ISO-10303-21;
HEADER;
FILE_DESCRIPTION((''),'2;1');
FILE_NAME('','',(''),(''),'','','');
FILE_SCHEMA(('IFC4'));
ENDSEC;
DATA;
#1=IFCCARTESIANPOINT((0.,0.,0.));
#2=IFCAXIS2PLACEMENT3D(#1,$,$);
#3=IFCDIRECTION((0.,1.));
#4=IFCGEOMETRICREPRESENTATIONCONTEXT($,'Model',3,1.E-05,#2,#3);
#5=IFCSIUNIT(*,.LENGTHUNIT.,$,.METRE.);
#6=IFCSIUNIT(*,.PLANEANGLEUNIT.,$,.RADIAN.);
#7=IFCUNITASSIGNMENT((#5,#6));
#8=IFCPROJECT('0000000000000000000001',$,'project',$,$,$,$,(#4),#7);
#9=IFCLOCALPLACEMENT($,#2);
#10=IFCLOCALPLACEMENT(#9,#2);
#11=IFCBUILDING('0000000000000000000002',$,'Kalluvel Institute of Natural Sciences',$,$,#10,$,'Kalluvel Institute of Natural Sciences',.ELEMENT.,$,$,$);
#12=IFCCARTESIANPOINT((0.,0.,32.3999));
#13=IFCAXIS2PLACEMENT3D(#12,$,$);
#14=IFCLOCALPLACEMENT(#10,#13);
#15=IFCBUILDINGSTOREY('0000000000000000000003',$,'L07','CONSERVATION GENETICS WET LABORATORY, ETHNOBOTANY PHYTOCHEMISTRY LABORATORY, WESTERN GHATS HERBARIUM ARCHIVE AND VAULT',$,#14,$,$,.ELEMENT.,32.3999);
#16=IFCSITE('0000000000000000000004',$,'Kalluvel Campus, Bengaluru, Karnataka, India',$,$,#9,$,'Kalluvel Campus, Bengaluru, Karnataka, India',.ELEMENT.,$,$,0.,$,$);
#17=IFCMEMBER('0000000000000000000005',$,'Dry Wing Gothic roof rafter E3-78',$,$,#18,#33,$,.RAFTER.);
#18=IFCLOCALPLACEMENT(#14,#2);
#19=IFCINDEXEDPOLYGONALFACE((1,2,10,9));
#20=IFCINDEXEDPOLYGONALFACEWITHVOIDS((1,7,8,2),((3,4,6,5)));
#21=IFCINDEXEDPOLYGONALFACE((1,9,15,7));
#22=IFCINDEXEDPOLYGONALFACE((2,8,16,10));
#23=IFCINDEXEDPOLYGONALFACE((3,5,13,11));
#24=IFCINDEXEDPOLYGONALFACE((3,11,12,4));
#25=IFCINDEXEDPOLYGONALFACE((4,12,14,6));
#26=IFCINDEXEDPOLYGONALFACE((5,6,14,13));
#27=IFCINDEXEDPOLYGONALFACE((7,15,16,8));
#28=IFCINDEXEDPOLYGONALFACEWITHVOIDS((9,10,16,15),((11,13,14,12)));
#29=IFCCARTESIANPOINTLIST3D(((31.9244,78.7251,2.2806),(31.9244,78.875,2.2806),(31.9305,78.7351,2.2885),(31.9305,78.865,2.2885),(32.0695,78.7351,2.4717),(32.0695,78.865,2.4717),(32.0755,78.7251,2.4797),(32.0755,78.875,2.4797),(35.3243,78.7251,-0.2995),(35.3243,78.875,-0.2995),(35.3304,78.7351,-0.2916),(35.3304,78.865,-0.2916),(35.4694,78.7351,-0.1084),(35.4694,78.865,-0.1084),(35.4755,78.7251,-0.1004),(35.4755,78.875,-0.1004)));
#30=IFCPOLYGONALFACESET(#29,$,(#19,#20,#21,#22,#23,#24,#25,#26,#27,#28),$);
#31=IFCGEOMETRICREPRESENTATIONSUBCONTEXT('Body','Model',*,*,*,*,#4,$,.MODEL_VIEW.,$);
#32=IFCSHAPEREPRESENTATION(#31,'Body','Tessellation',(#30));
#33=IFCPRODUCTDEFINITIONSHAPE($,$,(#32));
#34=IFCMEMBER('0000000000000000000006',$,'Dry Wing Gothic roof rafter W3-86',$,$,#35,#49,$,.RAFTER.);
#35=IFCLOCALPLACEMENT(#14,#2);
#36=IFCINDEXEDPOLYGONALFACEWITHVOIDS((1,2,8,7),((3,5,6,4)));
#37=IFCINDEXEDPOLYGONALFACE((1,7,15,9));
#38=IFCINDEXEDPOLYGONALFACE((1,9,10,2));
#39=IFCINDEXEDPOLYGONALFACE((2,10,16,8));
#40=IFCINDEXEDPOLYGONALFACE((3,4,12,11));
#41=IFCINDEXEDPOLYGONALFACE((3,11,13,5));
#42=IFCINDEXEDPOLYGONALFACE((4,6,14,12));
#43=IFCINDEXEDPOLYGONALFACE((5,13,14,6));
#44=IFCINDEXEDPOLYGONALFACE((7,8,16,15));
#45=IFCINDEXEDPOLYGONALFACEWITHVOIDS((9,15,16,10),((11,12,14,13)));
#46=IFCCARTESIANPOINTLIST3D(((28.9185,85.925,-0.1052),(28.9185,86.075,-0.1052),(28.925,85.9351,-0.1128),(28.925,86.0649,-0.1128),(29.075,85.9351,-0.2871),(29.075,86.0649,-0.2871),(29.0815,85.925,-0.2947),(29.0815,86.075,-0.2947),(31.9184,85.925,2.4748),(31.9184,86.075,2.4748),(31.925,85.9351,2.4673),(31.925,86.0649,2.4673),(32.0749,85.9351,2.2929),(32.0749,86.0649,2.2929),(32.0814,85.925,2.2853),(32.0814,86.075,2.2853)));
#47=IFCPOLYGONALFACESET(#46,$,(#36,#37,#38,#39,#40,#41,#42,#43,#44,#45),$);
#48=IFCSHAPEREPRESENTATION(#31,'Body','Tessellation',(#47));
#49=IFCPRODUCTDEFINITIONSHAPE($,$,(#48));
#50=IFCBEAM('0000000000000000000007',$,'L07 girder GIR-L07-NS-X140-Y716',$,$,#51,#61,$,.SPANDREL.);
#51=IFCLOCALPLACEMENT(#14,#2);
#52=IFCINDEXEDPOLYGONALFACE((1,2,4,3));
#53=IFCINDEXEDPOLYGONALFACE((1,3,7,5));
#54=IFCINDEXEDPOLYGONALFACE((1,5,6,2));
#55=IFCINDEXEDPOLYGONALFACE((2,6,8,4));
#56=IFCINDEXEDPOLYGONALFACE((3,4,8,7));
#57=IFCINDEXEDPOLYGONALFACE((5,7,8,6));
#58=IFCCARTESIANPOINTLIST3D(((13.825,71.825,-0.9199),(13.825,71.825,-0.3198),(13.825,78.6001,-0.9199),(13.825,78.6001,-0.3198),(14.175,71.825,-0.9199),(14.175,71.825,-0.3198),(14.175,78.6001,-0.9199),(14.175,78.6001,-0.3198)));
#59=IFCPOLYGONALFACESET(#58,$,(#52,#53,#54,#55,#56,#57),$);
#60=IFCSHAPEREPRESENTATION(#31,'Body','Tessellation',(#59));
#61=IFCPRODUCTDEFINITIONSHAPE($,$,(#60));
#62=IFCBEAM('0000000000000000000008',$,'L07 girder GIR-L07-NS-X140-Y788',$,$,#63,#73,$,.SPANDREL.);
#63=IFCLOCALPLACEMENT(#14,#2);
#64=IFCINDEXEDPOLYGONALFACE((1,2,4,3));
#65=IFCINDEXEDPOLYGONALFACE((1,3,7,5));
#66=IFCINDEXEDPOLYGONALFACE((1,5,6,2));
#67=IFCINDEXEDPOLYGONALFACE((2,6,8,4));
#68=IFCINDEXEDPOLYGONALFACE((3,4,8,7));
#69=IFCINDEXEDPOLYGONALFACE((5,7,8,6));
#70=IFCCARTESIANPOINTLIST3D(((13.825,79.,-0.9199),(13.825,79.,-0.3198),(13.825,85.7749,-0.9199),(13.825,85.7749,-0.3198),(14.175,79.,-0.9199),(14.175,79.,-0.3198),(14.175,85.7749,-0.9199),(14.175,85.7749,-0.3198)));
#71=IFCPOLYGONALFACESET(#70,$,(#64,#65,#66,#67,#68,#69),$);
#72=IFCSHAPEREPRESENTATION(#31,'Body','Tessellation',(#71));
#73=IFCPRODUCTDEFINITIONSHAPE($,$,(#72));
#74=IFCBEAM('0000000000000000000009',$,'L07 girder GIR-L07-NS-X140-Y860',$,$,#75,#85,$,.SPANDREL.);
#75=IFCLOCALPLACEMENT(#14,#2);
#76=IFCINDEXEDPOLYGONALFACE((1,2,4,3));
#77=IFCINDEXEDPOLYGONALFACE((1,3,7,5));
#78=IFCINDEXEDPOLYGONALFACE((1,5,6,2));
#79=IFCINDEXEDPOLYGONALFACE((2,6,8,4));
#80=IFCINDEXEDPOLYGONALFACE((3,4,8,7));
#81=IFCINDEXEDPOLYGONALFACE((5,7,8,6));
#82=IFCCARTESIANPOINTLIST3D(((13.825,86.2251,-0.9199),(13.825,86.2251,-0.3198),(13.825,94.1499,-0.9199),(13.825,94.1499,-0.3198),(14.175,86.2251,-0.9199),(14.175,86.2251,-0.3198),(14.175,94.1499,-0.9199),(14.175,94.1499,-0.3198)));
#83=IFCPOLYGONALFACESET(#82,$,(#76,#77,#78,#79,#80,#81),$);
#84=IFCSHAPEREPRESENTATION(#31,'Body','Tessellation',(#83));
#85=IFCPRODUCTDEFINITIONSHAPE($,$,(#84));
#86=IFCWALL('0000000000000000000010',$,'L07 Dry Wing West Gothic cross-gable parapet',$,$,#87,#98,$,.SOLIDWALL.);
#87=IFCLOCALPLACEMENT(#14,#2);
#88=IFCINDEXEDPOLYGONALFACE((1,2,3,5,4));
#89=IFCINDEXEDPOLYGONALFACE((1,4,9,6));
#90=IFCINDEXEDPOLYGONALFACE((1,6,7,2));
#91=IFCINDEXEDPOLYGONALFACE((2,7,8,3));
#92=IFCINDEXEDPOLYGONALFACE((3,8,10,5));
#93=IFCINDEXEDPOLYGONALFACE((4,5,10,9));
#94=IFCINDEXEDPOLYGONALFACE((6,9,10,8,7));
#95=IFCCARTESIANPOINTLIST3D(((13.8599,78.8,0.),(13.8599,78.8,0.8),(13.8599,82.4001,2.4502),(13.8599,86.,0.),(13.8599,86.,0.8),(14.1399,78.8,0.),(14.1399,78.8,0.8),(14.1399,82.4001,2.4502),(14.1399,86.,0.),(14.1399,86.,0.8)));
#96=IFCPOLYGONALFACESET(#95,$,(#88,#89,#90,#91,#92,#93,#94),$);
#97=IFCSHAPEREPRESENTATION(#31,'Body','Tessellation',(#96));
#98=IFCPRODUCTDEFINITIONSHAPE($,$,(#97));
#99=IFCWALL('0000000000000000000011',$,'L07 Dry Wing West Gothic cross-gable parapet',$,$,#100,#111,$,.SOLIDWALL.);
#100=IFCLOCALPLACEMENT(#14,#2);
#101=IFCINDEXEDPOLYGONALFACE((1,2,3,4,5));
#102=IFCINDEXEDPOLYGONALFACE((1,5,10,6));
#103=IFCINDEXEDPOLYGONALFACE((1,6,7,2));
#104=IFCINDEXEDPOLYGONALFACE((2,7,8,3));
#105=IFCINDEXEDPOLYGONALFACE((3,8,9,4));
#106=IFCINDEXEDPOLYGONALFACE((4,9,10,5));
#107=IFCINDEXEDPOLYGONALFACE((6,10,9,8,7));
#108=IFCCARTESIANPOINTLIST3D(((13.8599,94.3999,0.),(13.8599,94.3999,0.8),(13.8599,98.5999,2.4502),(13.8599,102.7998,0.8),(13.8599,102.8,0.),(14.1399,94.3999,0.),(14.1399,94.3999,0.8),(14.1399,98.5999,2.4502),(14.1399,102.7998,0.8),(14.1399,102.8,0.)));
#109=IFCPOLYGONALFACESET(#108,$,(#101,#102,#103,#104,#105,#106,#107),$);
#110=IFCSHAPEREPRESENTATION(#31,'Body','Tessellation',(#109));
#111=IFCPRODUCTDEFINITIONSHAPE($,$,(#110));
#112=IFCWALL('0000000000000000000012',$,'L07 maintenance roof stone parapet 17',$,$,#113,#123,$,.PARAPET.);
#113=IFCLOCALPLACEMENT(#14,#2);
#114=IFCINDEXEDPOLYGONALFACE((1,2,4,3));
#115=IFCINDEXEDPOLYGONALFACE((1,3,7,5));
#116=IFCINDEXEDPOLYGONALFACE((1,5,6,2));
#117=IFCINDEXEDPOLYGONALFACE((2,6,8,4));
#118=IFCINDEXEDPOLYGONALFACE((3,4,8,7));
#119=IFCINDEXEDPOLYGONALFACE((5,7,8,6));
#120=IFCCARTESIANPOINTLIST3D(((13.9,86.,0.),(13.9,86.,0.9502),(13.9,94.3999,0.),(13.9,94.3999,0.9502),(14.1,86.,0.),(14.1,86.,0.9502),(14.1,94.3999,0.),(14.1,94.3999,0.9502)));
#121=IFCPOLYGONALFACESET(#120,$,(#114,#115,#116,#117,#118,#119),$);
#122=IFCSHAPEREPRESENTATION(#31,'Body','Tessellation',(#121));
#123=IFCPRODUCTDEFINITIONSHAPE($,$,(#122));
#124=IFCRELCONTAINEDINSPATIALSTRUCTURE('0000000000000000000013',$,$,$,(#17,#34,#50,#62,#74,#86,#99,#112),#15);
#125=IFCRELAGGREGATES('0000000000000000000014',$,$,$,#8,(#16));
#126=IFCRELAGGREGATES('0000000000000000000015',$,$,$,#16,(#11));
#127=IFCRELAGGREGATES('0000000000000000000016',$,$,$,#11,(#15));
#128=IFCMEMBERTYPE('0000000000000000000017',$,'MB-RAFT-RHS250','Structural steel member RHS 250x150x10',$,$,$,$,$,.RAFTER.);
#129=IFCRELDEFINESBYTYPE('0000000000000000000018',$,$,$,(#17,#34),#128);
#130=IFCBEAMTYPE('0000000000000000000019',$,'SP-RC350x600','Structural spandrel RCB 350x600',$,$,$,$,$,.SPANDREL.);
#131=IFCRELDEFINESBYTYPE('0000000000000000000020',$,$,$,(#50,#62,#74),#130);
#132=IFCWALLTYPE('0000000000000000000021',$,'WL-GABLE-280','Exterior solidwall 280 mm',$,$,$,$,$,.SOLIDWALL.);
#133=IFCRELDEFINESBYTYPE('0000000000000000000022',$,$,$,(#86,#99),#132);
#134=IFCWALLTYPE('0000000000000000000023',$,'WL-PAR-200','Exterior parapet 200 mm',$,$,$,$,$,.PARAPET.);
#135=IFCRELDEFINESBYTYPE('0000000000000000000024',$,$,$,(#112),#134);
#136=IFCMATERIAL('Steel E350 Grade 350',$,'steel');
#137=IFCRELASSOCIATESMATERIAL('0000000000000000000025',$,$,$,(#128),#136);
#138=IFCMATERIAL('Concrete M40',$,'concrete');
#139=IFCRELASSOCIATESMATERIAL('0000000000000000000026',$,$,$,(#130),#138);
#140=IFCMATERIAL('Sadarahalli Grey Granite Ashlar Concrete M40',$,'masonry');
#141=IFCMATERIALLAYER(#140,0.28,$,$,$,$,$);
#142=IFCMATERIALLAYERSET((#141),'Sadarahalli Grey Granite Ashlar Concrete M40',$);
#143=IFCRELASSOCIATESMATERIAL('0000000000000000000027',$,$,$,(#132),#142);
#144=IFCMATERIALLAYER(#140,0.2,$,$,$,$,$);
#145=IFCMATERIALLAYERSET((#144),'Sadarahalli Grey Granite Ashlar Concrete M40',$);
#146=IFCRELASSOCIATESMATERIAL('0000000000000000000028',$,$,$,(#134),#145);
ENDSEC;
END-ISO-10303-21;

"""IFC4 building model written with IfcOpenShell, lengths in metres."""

from ifc_helpers import new_model, si_unit, direction, frame, frame_2d, origin, origin_2d, place, context, subcontext, project, spatial, polyline, rectangle, hollow_rectangle, outline, extrude, material, layer, layer_set, material_profile, profile_set, type_object, element, save


model = new_model("IFC4")

# Units and contexts
model_context = context("Model", 3, precision=1e-05, world=origin(), true_north=direction((0.0, 1.0)))
body_context = subcontext(model_context, "Body", "Model", "MODEL_VIEW")
ifc_project = project(units=[si_unit("LENGTHUNIT", "METRE"), si_unit("PLANEANGLEUNIT", "RADIAN")], contexts=[model_context])

# Site, building, storey
site_placement = place(None, origin())
site = spatial("IfcSite", under=ifc_project, at=site_placement, Name="Kalluvel Campus, Bengaluru, Karnataka, India", LongName="Kalluvel Campus, Bengaluru, Karnataka, India", CompositionType="ELEMENT", RefElevation=0.0)
building_placement = place(site_placement, origin())
building = spatial("IfcBuilding", under=site, at=building_placement, Name="Kalluvel Institute of Natural Sciences", LongName="Kalluvel Institute of Natural Sciences", CompositionType="ELEMENT")
storey_placement = place(building_placement, frame((0.0, 0.0, 32.3999)))
storey = spatial("IfcBuildingStorey", under=building, at=storey_placement, Name="L07", Description="CONSERVATION GENETICS WET LABORATORY, ETHNOBOTANY PHYTOCHEMISTRY LABORATORY, WESTERN GHATS HERBARIUM ARCHIVE AND VAULT", CompositionType="ELEMENT", Elevation=32.3999)

# Shared definitions
ifc_material_1 = material(Name="Steel E350 Grade 350", Category="steel")
ifc_material_2 = material(Name="Concrete M40", Category="concrete")

# Members
ifc_material_profile_1 = material_profile(ifc_material_1, hollow_rectangle(XDim=0.1499, YDim=0.25, WallThickness=0.01, at=origin_2d()), Name="RHS 250x150x10")
ifc_profile_set_1 = profile_set([ifc_material_profile_1], Name="Steel E350 Grade 350")
member_type = type_object("IfcMemberType", Name="MB-RAFT-RHS250", Description="Structural steel member RHS 250x150x10", PredefinedType="RAFTER", material=ifc_profile_set_1)
member_1_placement = place(storey_placement, frame((35.3999, 78.8, -0.2), z_axis=(-0.796596, 0.0, 0.604512), x_axis=(0.0, -1.0, 0.0)))
element("IfcMember", 1, at=member_1_placement, inside=storey, type_object=member_type, Name="Dry Wing Gothic roof rafter E3-78", PredefinedType="RAFTER", context=body_context, shape_type="SweptSolid", body=[
    extrude(hollow_rectangle(XDim=0.1499, YDim=0.25, WallThickness=0.01, at=origin_2d()), origin(), (0.0, 0.0, 1.0), 4.2681),
])
member_2_placement = place(storey_placement, frame((29.0, 86.0, -0.2), z_axis=(0.758175, 0.0, 0.652051), x_axis=(0.0, 1.0, 0.0)))
element("IfcMember", 2, at=member_2_placement, inside=storey, type_object=member_type, Name="Dry Wing Gothic roof rafter W3-86", PredefinedType="RAFTER", context=body_context, shape_type="SweptSolid", body=[
    extrude(hollow_rectangle(XDim=0.1499, YDim=0.25, WallThickness=0.01, at=origin_2d()), origin(), (0.0, 0.0, 1.0), 3.9568),
])

# Beams
ifc_material_profile_2 = material_profile(ifc_material_2, rectangle(XDim=0.3501, YDim=0.6001, at=origin_2d()), Name="RCB 350x600")
ifc_profile_set_2 = profile_set([ifc_material_profile_2], Name="Concrete M40")
beam_type_1 = type_object("IfcBeamType", Name="SP-RC350x600", Description="Structural spandrel RCB 350x600", PredefinedType="SPANDREL", material=ifc_profile_set_2)
beam_1_placement = place(storey_placement, frame((14.0, 71.825, -0.6199), z_axis=(0.0, 1.0, 0.0), x_axis=(-1.0, 0.0, 0.0)))
element("IfcBeam", 3, at=beam_1_placement, inside=storey, type_object=beam_type_1, Name="L07 girder GIR-L07-NS-X140-Y716", PredefinedType="SPANDREL", context=body_context, shape_type="SweptSolid", body=[
    extrude(rectangle(XDim=0.3501, YDim=0.6001, at=origin_2d()), origin(), (0.0, 0.0, 1.0), 6.7751),
])
beam_2_placement = place(storey_placement, frame((14.0, 79.0, -0.6199), z_axis=(0.0, 1.0, 0.0), x_axis=(-1.0, 0.0, 0.0)))
element("IfcBeam", 4, at=beam_2_placement, inside=storey, type_object=beam_type_1, Name="L07 girder GIR-L07-NS-X140-Y788", PredefinedType="SPANDREL", context=body_context, shape_type="SweptSolid", body=[
    extrude(rectangle(XDim=0.3501, YDim=0.6001, at=origin_2d()), origin(), (0.0, 0.0, 1.0), 6.7749),
])
beam_3_placement = place(storey_placement, frame((14.0, 86.2251, -0.6199), z_axis=(0.0, 1.0, 0.0), x_axis=(-1.0, 0.0, 0.0)))
element("IfcBeam", 5, at=beam_3_placement, inside=storey, type_object=beam_type_1, Name="L07 girder GIR-L07-NS-X140-Y860", PredefinedType="SPANDREL", context=body_context, shape_type="SweptSolid", body=[
    extrude(rectangle(XDim=0.3501, YDim=0.6001, at=origin_2d()), origin(), (0.0, 0.0, 1.0), 7.9248),
])

# Walls
ifc_material_3 = material(Name="Sadarahalli Grey Granite Ashlar Concrete M40", Category="masonry")
ifc_layer_1 = layer(ifc_material_3, 0.28)
ifc_layer_set_1 = layer_set([ifc_layer_1], Name="Sadarahalli Grey Granite Ashlar Concrete M40")
wall_type_1 = type_object("IfcWallType", Name="WL-GABLE-280", Description="Exterior solidwall 280 mm", PredefinedType="SOLIDWALL", material=ifc_layer_set_1)
wall_1_placement = place(storey_placement, frame((14.0, 78.8, 0.0), z_axis=(0.0, 0.0, 1.0), x_axis=(0.0, 1.0, 0.0)))
element("IfcWall", 6, at=wall_1_placement, inside=storey, type_object=wall_type_1, Name="L07 Dry Wing West Gothic cross-gable parapet", PredefinedType="SOLIDWALL", context=body_context, shape_type="SweptSolid", body=[
    extrude(outline(polyline([(0.0, 0.0), (7.2, 0.0), (7.2, 0.8), (3.6001, 2.4502), (0.0, 0.8), (0.0, 0.0)])), frame((0.0, 0.1401, 0.0), z_axis=(0.0, -1.0, 0.0), x_axis=(1.0, 0.0, 0.0)), (0.0, 0.0, 1.0), 0.28),
])
wall_2_placement = place(storey_placement, frame((14.0, 94.3999, 0.0), z_axis=(0.0, 0.0, 1.0), x_axis=(0.0, 1.0, 0.0)))
element("IfcWall", 7, at=wall_2_placement, inside=storey, type_object=wall_type_1, Name="L07 Dry Wing West Gothic cross-gable parapet", PredefinedType="SOLIDWALL", context=body_context, shape_type="SweptSolid", body=[
    extrude(outline(polyline([(0.0, 0.0), (8.4001, 0.0), (8.3999, 0.8), (4.2, 2.4502), (0.0, 0.8), (0.0, 0.0)])), frame((0.0, 0.1401, 0.0), z_axis=(0.0, -1.0, 0.0), x_axis=(1.0, 0.0, 0.0)), (0.0, 0.0, 1.0), 0.28),
])
ifc_layer_2 = layer(ifc_material_3, 0.2)
ifc_layer_set_2 = layer_set([ifc_layer_2], Name="Sadarahalli Grey Granite Ashlar Concrete M40")
wall_type_2 = type_object("IfcWallType", Name="WL-PAR-200", Description="Exterior parapet 200 mm", PredefinedType="PARAPET", material=ifc_layer_set_2)
wall_3_placement = place(storey_placement, frame((14.0, 86.0, 0.0), z_axis=(0.0, 0.0, 1.0), x_axis=(0.0, 1.0, 0.0)))
element("IfcWall", 8, at=wall_3_placement, inside=storey, type_object=wall_type_2, Name="L07 maintenance roof stone parapet 17", PredefinedType="PARAPET", context=body_context, shape_type="SweptSolid", body=[
    extrude(rectangle(XDim=8.3999, YDim=0.2, at=frame_2d((4.2, 0.0))), origin(), (0.0, 0.0, 1.0), 0.9502),
])

save(model, "model.ifc")
